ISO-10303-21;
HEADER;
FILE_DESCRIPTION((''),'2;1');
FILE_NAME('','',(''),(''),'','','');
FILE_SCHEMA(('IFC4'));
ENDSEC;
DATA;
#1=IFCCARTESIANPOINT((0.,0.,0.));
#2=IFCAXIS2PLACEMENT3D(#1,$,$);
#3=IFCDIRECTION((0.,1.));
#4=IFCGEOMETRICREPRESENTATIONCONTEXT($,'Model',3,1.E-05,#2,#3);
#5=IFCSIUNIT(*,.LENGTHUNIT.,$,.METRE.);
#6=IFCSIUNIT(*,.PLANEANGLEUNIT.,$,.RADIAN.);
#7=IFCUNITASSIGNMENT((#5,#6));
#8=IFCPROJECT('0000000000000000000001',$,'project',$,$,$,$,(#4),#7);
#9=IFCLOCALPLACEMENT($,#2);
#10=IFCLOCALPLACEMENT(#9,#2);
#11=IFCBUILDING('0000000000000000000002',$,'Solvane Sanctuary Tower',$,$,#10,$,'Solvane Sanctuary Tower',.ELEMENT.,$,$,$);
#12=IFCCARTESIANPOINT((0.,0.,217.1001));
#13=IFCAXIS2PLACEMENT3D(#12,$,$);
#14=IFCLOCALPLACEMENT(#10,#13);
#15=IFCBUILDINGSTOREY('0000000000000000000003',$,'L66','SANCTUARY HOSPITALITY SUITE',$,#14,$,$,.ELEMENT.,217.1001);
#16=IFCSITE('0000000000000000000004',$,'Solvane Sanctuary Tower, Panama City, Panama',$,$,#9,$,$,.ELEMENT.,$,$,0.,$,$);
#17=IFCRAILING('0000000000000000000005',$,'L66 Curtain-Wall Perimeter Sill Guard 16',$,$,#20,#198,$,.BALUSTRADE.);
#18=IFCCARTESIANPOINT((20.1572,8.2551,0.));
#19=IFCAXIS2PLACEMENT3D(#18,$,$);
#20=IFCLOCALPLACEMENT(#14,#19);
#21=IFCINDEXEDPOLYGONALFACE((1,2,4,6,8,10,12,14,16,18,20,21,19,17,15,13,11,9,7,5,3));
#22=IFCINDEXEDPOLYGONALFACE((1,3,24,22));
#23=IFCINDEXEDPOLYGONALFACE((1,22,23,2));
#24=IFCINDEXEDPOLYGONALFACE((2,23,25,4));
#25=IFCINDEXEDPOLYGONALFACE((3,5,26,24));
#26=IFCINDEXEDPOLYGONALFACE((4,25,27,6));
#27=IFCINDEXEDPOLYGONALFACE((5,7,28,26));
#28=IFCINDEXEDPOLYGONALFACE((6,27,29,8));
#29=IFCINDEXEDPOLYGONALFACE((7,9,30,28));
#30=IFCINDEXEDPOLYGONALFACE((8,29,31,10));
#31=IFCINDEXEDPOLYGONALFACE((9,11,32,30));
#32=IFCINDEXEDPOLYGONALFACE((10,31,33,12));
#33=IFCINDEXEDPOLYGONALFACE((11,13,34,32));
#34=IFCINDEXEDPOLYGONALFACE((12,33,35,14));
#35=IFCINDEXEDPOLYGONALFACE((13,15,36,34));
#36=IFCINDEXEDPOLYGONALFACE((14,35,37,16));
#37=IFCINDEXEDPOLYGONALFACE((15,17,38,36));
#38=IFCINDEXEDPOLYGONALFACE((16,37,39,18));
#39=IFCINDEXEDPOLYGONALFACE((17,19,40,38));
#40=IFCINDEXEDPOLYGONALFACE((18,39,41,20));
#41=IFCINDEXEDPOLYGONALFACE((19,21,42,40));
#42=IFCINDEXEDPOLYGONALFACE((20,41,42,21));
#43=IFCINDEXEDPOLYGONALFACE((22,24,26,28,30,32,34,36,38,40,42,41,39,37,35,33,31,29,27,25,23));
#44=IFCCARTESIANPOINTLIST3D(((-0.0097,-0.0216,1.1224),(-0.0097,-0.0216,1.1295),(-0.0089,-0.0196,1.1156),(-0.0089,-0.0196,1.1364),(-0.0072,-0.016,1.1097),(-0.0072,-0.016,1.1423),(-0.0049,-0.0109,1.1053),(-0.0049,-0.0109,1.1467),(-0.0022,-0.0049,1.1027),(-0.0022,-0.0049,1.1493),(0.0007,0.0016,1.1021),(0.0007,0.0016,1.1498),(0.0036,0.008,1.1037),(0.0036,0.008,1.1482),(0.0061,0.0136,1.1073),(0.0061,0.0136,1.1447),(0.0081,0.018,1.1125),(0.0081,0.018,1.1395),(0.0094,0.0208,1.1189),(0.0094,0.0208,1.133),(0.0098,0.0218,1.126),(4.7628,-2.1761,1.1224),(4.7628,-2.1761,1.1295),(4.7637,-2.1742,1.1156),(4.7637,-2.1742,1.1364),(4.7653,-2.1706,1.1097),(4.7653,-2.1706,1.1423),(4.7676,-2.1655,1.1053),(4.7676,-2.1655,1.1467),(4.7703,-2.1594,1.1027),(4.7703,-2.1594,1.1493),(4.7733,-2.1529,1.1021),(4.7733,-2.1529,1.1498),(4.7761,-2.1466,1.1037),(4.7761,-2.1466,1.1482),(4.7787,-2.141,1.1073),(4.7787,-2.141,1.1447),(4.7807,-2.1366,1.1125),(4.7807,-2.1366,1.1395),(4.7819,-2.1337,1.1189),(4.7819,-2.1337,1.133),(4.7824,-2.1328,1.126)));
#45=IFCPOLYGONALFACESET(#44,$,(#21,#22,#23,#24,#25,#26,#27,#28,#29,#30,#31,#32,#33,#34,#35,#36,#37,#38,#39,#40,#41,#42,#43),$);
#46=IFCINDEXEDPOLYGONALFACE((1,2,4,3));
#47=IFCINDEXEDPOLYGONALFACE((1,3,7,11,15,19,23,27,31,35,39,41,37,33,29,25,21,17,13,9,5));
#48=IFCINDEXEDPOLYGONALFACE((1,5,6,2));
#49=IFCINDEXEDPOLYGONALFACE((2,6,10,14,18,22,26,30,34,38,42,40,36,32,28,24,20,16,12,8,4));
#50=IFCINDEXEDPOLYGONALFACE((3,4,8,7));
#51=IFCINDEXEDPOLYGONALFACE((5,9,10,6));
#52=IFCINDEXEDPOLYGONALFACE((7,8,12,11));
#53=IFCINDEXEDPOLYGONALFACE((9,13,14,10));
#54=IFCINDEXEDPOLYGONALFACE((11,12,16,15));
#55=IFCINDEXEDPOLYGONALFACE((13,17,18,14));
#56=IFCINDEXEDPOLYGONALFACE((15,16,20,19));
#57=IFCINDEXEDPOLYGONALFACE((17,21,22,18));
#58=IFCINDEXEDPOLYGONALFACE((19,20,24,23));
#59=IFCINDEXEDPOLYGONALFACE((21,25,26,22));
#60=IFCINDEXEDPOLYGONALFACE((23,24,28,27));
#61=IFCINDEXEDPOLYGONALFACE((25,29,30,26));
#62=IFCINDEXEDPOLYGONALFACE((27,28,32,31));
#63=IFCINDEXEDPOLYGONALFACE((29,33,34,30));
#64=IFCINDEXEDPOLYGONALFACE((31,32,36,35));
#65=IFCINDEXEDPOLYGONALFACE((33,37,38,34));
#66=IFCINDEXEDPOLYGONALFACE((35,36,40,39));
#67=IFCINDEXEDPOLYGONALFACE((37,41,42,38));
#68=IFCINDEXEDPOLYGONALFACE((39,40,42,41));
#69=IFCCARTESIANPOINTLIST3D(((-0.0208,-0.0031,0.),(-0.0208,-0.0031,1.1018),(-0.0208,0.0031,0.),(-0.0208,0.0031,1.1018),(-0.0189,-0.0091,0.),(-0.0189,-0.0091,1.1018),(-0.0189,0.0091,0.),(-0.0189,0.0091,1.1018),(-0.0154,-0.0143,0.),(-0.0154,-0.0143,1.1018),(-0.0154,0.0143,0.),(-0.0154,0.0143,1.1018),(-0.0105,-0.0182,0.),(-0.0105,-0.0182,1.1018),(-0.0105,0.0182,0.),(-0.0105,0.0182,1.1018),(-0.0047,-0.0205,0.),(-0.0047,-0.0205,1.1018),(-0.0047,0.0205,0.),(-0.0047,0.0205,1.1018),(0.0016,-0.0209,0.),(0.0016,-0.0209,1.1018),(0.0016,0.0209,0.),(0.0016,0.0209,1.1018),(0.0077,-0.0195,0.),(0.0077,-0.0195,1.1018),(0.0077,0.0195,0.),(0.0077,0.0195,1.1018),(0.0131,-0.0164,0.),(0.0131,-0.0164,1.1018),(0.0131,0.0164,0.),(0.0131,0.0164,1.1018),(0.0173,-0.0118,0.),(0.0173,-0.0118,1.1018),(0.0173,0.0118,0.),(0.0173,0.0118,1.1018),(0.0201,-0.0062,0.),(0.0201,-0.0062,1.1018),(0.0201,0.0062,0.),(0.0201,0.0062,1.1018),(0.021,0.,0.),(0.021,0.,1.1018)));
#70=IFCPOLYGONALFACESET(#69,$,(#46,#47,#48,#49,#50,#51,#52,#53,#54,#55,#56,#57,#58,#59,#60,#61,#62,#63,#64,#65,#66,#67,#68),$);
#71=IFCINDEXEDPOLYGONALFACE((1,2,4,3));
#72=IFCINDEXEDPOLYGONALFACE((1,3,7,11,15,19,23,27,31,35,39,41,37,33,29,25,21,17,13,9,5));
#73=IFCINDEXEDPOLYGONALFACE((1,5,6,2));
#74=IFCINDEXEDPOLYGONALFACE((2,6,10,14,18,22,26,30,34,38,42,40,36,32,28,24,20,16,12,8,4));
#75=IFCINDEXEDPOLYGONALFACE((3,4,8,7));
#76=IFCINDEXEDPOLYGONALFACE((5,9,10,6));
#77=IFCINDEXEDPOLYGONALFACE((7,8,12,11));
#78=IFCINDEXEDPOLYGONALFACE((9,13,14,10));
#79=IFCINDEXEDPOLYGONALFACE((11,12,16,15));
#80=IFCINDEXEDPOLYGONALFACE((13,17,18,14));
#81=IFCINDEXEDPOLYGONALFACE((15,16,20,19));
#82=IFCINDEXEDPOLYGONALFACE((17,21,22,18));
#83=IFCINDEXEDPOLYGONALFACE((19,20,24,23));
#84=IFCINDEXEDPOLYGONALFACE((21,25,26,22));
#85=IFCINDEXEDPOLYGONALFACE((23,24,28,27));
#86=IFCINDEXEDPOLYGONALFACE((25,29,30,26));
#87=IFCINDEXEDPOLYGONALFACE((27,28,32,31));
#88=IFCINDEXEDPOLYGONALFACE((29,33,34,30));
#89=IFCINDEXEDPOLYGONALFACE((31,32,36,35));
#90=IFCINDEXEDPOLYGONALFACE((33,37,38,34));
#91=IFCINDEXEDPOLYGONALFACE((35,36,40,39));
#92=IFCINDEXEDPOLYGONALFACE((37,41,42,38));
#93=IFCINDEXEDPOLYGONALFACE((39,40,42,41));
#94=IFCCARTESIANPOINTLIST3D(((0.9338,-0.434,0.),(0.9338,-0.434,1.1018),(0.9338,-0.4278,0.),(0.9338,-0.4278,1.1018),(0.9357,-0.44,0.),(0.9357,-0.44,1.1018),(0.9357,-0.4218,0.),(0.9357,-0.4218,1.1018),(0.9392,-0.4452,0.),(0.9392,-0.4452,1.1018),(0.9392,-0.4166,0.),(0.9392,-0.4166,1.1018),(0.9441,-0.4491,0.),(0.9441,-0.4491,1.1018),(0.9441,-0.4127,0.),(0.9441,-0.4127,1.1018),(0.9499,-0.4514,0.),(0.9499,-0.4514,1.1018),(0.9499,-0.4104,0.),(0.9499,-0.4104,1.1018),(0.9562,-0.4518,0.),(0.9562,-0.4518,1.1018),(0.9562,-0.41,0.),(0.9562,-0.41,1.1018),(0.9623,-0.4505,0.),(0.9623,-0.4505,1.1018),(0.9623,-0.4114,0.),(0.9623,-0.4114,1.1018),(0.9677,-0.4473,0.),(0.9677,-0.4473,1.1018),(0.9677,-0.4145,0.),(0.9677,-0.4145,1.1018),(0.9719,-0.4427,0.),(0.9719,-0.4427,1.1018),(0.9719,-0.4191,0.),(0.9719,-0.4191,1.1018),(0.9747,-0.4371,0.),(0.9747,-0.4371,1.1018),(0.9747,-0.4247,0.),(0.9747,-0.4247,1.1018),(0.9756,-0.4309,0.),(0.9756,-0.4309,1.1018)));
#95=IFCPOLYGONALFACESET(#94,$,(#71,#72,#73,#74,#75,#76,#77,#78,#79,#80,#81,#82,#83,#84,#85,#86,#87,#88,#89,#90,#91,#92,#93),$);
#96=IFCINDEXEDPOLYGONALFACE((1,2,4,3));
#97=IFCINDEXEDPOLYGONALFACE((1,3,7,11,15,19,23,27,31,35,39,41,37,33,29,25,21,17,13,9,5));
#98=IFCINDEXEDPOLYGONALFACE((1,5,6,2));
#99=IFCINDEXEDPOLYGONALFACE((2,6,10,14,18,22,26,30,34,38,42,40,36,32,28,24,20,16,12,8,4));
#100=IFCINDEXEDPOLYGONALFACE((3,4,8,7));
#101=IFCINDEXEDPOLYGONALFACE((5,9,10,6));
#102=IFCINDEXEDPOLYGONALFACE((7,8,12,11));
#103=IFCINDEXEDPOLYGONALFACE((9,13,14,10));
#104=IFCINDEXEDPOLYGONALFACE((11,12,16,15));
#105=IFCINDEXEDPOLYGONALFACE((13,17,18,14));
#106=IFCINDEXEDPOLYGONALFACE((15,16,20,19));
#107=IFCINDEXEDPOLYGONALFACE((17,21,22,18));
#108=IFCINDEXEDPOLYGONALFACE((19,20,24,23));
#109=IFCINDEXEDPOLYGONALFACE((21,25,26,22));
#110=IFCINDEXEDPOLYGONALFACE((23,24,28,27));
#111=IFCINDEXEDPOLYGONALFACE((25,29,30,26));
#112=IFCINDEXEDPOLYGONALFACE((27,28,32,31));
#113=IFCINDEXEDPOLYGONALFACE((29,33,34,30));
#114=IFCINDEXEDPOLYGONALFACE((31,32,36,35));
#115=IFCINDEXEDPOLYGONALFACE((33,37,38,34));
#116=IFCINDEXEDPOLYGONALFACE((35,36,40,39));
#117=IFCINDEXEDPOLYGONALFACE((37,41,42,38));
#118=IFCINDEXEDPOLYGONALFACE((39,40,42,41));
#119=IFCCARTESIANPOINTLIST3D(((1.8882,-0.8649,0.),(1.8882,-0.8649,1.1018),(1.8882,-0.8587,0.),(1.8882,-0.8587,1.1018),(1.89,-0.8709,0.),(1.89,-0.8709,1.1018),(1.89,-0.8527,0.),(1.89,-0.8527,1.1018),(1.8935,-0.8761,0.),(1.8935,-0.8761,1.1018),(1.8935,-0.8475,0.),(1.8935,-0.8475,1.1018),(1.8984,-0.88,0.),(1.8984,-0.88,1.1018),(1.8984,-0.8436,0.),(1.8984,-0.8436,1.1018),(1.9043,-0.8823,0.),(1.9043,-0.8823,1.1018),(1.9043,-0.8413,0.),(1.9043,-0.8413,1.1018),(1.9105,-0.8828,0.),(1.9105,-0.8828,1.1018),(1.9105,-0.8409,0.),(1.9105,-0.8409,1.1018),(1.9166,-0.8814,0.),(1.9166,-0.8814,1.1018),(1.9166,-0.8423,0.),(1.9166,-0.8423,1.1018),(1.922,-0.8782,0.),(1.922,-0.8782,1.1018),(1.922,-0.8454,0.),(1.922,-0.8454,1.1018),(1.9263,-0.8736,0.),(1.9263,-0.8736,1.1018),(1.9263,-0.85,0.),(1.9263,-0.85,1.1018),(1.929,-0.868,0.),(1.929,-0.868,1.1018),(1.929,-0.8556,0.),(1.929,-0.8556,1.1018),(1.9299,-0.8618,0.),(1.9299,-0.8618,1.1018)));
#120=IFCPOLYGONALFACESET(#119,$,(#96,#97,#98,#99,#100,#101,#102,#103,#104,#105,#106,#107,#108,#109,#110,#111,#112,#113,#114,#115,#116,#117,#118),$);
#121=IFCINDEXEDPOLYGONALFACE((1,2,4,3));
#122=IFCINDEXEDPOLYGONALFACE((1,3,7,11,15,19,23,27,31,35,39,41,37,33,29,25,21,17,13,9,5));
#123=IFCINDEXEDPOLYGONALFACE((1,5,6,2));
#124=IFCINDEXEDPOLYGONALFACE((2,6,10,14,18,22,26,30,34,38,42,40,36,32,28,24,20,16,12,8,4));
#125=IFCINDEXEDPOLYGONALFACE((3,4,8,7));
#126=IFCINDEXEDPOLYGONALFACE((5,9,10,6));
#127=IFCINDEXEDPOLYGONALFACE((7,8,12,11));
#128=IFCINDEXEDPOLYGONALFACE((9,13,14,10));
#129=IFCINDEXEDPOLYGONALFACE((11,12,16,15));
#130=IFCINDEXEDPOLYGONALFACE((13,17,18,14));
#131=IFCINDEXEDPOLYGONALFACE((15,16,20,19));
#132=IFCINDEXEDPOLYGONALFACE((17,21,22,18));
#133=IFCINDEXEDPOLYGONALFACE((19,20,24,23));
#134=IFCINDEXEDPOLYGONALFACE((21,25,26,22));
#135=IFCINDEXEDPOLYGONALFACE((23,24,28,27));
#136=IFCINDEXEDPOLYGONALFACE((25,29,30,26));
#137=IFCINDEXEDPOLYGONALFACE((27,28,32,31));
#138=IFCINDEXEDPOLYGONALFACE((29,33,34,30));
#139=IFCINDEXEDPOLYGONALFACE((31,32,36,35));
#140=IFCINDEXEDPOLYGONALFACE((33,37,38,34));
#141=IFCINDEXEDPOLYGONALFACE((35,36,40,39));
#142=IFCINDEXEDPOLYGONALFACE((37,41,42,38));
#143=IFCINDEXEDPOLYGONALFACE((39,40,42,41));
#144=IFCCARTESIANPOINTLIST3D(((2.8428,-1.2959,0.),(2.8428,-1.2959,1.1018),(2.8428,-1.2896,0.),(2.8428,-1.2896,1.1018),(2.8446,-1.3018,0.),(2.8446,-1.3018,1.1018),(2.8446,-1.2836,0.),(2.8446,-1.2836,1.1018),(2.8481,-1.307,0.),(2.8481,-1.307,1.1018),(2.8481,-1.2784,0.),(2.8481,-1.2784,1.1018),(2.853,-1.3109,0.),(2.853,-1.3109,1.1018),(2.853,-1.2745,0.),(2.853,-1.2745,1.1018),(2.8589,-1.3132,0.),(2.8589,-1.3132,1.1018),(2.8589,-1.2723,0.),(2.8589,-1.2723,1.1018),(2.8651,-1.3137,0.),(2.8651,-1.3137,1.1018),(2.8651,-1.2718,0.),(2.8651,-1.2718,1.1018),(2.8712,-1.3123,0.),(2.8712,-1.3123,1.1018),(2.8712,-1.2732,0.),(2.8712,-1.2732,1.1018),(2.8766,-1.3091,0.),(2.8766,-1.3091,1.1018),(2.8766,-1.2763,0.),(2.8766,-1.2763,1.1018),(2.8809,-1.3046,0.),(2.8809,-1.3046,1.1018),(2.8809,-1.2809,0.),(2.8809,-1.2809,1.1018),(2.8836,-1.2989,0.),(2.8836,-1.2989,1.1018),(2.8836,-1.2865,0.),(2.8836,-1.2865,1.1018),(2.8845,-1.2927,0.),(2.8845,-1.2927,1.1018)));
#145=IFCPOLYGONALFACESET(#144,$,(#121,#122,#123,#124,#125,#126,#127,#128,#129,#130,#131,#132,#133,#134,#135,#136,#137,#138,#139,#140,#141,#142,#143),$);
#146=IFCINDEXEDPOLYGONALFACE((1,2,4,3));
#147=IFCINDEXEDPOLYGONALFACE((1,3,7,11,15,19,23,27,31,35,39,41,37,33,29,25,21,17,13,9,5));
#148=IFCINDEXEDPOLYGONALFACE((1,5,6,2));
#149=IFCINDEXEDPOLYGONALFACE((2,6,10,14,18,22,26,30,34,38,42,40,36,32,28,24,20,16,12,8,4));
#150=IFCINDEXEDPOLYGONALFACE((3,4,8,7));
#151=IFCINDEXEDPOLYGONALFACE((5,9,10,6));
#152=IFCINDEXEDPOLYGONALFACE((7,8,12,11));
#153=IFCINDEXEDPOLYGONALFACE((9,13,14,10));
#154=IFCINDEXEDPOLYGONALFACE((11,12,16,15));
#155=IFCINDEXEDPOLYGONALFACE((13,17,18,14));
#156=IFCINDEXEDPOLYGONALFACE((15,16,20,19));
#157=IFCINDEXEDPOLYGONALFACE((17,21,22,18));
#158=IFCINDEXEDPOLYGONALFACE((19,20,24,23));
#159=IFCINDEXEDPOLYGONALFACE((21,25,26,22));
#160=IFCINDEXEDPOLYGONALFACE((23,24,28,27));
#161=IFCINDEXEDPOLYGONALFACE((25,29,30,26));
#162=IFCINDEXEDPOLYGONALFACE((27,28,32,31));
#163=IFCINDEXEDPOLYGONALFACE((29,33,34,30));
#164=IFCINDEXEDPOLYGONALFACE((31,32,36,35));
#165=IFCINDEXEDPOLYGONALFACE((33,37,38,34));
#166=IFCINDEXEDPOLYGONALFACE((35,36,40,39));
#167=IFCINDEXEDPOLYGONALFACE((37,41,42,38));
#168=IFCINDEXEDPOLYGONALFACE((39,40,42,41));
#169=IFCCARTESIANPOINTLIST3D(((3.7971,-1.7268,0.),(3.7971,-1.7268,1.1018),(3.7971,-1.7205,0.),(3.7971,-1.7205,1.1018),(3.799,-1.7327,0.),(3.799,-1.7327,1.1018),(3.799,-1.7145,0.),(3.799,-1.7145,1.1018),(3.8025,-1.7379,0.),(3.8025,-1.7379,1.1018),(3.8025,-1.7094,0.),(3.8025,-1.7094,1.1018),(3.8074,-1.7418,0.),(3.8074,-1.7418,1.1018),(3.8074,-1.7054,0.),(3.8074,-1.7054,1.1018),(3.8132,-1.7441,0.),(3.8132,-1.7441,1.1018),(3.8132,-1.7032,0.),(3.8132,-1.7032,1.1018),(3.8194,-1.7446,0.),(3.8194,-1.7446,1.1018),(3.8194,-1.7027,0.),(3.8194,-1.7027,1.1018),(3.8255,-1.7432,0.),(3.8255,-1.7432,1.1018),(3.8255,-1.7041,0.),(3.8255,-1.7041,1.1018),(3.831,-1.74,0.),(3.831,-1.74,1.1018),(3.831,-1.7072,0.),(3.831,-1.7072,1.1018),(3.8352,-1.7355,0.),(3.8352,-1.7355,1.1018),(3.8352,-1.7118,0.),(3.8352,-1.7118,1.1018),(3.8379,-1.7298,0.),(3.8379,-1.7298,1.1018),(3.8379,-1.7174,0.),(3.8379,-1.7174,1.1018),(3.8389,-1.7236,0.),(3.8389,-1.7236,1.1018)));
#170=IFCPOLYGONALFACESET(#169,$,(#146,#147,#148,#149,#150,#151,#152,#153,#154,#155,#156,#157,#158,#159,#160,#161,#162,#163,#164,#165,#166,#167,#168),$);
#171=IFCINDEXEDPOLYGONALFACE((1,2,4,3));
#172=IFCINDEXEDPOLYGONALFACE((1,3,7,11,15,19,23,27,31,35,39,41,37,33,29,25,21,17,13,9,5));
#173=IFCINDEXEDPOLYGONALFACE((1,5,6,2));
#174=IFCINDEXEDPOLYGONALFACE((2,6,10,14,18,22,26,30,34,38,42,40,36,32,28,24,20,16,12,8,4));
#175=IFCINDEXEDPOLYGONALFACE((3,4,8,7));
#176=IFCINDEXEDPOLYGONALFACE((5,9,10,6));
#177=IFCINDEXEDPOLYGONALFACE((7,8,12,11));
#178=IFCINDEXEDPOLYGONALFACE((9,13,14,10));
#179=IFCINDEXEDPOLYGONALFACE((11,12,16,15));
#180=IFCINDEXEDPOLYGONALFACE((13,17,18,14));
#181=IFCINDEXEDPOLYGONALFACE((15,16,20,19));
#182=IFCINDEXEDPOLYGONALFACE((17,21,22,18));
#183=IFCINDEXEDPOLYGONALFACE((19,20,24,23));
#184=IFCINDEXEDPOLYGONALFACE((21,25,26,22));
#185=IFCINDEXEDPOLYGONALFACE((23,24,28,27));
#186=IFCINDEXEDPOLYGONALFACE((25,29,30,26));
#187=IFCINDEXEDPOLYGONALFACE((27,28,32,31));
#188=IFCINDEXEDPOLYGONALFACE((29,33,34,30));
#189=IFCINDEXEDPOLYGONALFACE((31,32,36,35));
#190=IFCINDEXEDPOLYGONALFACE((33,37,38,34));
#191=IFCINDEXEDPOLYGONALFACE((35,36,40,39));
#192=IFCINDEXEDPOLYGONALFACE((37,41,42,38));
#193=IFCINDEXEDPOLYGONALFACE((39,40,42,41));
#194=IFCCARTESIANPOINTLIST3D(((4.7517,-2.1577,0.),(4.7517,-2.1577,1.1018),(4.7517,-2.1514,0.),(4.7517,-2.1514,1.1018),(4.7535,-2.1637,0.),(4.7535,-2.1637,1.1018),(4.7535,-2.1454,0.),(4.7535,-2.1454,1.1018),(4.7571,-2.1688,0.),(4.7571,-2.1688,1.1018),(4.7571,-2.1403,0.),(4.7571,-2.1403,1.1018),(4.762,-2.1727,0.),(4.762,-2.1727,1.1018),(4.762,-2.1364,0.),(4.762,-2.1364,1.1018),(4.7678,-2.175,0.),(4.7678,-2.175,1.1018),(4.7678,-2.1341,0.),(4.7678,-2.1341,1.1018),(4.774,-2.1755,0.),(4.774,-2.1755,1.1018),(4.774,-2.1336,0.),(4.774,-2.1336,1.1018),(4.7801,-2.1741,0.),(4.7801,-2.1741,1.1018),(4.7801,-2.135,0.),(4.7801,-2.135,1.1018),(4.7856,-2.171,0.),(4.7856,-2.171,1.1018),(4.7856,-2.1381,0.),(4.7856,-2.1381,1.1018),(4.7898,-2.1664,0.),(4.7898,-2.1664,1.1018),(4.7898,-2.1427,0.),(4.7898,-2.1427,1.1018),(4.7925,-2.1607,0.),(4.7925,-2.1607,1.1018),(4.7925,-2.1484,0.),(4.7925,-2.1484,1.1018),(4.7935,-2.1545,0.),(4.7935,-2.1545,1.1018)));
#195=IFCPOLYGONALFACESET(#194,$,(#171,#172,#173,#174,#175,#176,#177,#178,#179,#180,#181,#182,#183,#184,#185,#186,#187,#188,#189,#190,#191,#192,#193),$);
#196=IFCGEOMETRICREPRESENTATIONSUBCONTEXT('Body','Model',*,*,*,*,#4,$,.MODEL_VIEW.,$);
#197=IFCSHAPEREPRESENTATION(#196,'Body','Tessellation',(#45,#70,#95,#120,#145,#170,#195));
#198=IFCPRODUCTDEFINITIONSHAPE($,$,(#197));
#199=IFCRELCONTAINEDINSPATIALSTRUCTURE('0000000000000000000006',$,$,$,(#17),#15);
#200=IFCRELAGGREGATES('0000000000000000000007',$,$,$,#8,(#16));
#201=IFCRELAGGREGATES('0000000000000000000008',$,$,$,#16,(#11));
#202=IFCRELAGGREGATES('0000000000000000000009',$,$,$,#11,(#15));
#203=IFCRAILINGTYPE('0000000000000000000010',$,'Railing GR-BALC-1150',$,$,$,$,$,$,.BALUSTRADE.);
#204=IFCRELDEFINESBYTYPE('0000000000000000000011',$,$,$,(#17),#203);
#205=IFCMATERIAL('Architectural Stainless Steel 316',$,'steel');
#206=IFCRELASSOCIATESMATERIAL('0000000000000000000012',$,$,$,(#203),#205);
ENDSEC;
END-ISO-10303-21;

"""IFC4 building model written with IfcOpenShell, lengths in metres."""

from ifc_helpers import new_model, si_unit, direction, frame, origin, origin_2d, place, context, subcontext, project, spatial, circle, extrude, material, type_object, element, save


model = new_model("IFC4")

# Units and contexts
model_context = context("Model", 3, precision=1e-05, world=origin(), true_north=direction((0.0, 1.0)))
body_context = subcontext(model_context, "Body", "Model", "MODEL_VIEW")
ifc_project = project(units=[si_unit("LENGTHUNIT", "METRE"), si_unit("PLANEANGLEUNIT", "RADIAN")], contexts=[model_context])

# Site, building, storey
site_placement = place(None, origin())
site = spatial("IfcSite", under=ifc_project, at=site_placement, Name="Solvane Sanctuary Tower, Panama City, Panama", CompositionType="ELEMENT", RefElevation=0.0)
building_placement = place(site_placement, origin())
building = spatial("IfcBuilding", under=site, at=building_placement, Name="Solvane Sanctuary Tower", LongName="Solvane Sanctuary Tower", CompositionType="ELEMENT")
storey_placement = place(building_placement, frame((0.0, 0.0, 217.1001)))
storey = spatial("IfcBuildingStorey", under=building, at=storey_placement, Name="L66", Description="SANCTUARY HOSPITALITY SUITE", CompositionType="ELEMENT", Elevation=217.1001)

# Shared definitions
ifc_material_1 = material(Name="Architectural Stainless Steel 316", Category="steel")

# Railing
railing_type_1 = type_object("IfcRailingType", Name="Railing GR-BALC-1150", PredefinedType="BALUSTRADE", material=ifc_material_1)
railing_1_placement = place(storey_placement, frame((20.1572, 8.2551, 0.0)))
element("IfcRailing", 1, at=railing_1_placement, inside=storey, type_object=railing_type_1, Name="L66 Curtain-Wall Perimeter Sill Guard 16", PredefinedType="BALUSTRADE", context=body_context, shape_type="SweptSolid", body=[
    extrude(circle(Radius=0.0239, at=origin_2d()), frame((0.0, 0.0, 1.126), z_axis=(0.911425, -0.411466, 0.0), x_axis=(0.411466, 0.911425, 0.0)), (0.0, 0.0, 1.0), 5.2363),
    extrude(circle(Radius=0.021, at=origin_2d()), origin(), (0.0, 0.0, 1.0), 1.1018),
    extrude(circle(Radius=0.021, at=origin_2d()), frame((0.9546, -0.4309, 0.0)), (0.0, 0.0, 1.0), 1.1018),
    extrude(circle(Radius=0.021, at=origin_2d()), frame((1.9089, -0.8618, 0.0)), (0.0, 0.0, 1.0), 1.1018),
    extrude(circle(Radius=0.021, at=origin_2d()), frame((2.8635, -1.2927, 0.0)), (0.0, 0.0, 1.0), 1.1018),
    extrude(circle(Radius=0.021, at=origin_2d()), frame((3.8179, -1.7236, 0.0)), (0.0, 0.0, 1.0), 1.1018),
    extrude(circle(Radius=0.021, at=origin_2d()), frame((4.7725, -2.1545, 0.0)), (0.0, 0.0, 1.0), 1.1018),
])

save(model, "model.ifc")
